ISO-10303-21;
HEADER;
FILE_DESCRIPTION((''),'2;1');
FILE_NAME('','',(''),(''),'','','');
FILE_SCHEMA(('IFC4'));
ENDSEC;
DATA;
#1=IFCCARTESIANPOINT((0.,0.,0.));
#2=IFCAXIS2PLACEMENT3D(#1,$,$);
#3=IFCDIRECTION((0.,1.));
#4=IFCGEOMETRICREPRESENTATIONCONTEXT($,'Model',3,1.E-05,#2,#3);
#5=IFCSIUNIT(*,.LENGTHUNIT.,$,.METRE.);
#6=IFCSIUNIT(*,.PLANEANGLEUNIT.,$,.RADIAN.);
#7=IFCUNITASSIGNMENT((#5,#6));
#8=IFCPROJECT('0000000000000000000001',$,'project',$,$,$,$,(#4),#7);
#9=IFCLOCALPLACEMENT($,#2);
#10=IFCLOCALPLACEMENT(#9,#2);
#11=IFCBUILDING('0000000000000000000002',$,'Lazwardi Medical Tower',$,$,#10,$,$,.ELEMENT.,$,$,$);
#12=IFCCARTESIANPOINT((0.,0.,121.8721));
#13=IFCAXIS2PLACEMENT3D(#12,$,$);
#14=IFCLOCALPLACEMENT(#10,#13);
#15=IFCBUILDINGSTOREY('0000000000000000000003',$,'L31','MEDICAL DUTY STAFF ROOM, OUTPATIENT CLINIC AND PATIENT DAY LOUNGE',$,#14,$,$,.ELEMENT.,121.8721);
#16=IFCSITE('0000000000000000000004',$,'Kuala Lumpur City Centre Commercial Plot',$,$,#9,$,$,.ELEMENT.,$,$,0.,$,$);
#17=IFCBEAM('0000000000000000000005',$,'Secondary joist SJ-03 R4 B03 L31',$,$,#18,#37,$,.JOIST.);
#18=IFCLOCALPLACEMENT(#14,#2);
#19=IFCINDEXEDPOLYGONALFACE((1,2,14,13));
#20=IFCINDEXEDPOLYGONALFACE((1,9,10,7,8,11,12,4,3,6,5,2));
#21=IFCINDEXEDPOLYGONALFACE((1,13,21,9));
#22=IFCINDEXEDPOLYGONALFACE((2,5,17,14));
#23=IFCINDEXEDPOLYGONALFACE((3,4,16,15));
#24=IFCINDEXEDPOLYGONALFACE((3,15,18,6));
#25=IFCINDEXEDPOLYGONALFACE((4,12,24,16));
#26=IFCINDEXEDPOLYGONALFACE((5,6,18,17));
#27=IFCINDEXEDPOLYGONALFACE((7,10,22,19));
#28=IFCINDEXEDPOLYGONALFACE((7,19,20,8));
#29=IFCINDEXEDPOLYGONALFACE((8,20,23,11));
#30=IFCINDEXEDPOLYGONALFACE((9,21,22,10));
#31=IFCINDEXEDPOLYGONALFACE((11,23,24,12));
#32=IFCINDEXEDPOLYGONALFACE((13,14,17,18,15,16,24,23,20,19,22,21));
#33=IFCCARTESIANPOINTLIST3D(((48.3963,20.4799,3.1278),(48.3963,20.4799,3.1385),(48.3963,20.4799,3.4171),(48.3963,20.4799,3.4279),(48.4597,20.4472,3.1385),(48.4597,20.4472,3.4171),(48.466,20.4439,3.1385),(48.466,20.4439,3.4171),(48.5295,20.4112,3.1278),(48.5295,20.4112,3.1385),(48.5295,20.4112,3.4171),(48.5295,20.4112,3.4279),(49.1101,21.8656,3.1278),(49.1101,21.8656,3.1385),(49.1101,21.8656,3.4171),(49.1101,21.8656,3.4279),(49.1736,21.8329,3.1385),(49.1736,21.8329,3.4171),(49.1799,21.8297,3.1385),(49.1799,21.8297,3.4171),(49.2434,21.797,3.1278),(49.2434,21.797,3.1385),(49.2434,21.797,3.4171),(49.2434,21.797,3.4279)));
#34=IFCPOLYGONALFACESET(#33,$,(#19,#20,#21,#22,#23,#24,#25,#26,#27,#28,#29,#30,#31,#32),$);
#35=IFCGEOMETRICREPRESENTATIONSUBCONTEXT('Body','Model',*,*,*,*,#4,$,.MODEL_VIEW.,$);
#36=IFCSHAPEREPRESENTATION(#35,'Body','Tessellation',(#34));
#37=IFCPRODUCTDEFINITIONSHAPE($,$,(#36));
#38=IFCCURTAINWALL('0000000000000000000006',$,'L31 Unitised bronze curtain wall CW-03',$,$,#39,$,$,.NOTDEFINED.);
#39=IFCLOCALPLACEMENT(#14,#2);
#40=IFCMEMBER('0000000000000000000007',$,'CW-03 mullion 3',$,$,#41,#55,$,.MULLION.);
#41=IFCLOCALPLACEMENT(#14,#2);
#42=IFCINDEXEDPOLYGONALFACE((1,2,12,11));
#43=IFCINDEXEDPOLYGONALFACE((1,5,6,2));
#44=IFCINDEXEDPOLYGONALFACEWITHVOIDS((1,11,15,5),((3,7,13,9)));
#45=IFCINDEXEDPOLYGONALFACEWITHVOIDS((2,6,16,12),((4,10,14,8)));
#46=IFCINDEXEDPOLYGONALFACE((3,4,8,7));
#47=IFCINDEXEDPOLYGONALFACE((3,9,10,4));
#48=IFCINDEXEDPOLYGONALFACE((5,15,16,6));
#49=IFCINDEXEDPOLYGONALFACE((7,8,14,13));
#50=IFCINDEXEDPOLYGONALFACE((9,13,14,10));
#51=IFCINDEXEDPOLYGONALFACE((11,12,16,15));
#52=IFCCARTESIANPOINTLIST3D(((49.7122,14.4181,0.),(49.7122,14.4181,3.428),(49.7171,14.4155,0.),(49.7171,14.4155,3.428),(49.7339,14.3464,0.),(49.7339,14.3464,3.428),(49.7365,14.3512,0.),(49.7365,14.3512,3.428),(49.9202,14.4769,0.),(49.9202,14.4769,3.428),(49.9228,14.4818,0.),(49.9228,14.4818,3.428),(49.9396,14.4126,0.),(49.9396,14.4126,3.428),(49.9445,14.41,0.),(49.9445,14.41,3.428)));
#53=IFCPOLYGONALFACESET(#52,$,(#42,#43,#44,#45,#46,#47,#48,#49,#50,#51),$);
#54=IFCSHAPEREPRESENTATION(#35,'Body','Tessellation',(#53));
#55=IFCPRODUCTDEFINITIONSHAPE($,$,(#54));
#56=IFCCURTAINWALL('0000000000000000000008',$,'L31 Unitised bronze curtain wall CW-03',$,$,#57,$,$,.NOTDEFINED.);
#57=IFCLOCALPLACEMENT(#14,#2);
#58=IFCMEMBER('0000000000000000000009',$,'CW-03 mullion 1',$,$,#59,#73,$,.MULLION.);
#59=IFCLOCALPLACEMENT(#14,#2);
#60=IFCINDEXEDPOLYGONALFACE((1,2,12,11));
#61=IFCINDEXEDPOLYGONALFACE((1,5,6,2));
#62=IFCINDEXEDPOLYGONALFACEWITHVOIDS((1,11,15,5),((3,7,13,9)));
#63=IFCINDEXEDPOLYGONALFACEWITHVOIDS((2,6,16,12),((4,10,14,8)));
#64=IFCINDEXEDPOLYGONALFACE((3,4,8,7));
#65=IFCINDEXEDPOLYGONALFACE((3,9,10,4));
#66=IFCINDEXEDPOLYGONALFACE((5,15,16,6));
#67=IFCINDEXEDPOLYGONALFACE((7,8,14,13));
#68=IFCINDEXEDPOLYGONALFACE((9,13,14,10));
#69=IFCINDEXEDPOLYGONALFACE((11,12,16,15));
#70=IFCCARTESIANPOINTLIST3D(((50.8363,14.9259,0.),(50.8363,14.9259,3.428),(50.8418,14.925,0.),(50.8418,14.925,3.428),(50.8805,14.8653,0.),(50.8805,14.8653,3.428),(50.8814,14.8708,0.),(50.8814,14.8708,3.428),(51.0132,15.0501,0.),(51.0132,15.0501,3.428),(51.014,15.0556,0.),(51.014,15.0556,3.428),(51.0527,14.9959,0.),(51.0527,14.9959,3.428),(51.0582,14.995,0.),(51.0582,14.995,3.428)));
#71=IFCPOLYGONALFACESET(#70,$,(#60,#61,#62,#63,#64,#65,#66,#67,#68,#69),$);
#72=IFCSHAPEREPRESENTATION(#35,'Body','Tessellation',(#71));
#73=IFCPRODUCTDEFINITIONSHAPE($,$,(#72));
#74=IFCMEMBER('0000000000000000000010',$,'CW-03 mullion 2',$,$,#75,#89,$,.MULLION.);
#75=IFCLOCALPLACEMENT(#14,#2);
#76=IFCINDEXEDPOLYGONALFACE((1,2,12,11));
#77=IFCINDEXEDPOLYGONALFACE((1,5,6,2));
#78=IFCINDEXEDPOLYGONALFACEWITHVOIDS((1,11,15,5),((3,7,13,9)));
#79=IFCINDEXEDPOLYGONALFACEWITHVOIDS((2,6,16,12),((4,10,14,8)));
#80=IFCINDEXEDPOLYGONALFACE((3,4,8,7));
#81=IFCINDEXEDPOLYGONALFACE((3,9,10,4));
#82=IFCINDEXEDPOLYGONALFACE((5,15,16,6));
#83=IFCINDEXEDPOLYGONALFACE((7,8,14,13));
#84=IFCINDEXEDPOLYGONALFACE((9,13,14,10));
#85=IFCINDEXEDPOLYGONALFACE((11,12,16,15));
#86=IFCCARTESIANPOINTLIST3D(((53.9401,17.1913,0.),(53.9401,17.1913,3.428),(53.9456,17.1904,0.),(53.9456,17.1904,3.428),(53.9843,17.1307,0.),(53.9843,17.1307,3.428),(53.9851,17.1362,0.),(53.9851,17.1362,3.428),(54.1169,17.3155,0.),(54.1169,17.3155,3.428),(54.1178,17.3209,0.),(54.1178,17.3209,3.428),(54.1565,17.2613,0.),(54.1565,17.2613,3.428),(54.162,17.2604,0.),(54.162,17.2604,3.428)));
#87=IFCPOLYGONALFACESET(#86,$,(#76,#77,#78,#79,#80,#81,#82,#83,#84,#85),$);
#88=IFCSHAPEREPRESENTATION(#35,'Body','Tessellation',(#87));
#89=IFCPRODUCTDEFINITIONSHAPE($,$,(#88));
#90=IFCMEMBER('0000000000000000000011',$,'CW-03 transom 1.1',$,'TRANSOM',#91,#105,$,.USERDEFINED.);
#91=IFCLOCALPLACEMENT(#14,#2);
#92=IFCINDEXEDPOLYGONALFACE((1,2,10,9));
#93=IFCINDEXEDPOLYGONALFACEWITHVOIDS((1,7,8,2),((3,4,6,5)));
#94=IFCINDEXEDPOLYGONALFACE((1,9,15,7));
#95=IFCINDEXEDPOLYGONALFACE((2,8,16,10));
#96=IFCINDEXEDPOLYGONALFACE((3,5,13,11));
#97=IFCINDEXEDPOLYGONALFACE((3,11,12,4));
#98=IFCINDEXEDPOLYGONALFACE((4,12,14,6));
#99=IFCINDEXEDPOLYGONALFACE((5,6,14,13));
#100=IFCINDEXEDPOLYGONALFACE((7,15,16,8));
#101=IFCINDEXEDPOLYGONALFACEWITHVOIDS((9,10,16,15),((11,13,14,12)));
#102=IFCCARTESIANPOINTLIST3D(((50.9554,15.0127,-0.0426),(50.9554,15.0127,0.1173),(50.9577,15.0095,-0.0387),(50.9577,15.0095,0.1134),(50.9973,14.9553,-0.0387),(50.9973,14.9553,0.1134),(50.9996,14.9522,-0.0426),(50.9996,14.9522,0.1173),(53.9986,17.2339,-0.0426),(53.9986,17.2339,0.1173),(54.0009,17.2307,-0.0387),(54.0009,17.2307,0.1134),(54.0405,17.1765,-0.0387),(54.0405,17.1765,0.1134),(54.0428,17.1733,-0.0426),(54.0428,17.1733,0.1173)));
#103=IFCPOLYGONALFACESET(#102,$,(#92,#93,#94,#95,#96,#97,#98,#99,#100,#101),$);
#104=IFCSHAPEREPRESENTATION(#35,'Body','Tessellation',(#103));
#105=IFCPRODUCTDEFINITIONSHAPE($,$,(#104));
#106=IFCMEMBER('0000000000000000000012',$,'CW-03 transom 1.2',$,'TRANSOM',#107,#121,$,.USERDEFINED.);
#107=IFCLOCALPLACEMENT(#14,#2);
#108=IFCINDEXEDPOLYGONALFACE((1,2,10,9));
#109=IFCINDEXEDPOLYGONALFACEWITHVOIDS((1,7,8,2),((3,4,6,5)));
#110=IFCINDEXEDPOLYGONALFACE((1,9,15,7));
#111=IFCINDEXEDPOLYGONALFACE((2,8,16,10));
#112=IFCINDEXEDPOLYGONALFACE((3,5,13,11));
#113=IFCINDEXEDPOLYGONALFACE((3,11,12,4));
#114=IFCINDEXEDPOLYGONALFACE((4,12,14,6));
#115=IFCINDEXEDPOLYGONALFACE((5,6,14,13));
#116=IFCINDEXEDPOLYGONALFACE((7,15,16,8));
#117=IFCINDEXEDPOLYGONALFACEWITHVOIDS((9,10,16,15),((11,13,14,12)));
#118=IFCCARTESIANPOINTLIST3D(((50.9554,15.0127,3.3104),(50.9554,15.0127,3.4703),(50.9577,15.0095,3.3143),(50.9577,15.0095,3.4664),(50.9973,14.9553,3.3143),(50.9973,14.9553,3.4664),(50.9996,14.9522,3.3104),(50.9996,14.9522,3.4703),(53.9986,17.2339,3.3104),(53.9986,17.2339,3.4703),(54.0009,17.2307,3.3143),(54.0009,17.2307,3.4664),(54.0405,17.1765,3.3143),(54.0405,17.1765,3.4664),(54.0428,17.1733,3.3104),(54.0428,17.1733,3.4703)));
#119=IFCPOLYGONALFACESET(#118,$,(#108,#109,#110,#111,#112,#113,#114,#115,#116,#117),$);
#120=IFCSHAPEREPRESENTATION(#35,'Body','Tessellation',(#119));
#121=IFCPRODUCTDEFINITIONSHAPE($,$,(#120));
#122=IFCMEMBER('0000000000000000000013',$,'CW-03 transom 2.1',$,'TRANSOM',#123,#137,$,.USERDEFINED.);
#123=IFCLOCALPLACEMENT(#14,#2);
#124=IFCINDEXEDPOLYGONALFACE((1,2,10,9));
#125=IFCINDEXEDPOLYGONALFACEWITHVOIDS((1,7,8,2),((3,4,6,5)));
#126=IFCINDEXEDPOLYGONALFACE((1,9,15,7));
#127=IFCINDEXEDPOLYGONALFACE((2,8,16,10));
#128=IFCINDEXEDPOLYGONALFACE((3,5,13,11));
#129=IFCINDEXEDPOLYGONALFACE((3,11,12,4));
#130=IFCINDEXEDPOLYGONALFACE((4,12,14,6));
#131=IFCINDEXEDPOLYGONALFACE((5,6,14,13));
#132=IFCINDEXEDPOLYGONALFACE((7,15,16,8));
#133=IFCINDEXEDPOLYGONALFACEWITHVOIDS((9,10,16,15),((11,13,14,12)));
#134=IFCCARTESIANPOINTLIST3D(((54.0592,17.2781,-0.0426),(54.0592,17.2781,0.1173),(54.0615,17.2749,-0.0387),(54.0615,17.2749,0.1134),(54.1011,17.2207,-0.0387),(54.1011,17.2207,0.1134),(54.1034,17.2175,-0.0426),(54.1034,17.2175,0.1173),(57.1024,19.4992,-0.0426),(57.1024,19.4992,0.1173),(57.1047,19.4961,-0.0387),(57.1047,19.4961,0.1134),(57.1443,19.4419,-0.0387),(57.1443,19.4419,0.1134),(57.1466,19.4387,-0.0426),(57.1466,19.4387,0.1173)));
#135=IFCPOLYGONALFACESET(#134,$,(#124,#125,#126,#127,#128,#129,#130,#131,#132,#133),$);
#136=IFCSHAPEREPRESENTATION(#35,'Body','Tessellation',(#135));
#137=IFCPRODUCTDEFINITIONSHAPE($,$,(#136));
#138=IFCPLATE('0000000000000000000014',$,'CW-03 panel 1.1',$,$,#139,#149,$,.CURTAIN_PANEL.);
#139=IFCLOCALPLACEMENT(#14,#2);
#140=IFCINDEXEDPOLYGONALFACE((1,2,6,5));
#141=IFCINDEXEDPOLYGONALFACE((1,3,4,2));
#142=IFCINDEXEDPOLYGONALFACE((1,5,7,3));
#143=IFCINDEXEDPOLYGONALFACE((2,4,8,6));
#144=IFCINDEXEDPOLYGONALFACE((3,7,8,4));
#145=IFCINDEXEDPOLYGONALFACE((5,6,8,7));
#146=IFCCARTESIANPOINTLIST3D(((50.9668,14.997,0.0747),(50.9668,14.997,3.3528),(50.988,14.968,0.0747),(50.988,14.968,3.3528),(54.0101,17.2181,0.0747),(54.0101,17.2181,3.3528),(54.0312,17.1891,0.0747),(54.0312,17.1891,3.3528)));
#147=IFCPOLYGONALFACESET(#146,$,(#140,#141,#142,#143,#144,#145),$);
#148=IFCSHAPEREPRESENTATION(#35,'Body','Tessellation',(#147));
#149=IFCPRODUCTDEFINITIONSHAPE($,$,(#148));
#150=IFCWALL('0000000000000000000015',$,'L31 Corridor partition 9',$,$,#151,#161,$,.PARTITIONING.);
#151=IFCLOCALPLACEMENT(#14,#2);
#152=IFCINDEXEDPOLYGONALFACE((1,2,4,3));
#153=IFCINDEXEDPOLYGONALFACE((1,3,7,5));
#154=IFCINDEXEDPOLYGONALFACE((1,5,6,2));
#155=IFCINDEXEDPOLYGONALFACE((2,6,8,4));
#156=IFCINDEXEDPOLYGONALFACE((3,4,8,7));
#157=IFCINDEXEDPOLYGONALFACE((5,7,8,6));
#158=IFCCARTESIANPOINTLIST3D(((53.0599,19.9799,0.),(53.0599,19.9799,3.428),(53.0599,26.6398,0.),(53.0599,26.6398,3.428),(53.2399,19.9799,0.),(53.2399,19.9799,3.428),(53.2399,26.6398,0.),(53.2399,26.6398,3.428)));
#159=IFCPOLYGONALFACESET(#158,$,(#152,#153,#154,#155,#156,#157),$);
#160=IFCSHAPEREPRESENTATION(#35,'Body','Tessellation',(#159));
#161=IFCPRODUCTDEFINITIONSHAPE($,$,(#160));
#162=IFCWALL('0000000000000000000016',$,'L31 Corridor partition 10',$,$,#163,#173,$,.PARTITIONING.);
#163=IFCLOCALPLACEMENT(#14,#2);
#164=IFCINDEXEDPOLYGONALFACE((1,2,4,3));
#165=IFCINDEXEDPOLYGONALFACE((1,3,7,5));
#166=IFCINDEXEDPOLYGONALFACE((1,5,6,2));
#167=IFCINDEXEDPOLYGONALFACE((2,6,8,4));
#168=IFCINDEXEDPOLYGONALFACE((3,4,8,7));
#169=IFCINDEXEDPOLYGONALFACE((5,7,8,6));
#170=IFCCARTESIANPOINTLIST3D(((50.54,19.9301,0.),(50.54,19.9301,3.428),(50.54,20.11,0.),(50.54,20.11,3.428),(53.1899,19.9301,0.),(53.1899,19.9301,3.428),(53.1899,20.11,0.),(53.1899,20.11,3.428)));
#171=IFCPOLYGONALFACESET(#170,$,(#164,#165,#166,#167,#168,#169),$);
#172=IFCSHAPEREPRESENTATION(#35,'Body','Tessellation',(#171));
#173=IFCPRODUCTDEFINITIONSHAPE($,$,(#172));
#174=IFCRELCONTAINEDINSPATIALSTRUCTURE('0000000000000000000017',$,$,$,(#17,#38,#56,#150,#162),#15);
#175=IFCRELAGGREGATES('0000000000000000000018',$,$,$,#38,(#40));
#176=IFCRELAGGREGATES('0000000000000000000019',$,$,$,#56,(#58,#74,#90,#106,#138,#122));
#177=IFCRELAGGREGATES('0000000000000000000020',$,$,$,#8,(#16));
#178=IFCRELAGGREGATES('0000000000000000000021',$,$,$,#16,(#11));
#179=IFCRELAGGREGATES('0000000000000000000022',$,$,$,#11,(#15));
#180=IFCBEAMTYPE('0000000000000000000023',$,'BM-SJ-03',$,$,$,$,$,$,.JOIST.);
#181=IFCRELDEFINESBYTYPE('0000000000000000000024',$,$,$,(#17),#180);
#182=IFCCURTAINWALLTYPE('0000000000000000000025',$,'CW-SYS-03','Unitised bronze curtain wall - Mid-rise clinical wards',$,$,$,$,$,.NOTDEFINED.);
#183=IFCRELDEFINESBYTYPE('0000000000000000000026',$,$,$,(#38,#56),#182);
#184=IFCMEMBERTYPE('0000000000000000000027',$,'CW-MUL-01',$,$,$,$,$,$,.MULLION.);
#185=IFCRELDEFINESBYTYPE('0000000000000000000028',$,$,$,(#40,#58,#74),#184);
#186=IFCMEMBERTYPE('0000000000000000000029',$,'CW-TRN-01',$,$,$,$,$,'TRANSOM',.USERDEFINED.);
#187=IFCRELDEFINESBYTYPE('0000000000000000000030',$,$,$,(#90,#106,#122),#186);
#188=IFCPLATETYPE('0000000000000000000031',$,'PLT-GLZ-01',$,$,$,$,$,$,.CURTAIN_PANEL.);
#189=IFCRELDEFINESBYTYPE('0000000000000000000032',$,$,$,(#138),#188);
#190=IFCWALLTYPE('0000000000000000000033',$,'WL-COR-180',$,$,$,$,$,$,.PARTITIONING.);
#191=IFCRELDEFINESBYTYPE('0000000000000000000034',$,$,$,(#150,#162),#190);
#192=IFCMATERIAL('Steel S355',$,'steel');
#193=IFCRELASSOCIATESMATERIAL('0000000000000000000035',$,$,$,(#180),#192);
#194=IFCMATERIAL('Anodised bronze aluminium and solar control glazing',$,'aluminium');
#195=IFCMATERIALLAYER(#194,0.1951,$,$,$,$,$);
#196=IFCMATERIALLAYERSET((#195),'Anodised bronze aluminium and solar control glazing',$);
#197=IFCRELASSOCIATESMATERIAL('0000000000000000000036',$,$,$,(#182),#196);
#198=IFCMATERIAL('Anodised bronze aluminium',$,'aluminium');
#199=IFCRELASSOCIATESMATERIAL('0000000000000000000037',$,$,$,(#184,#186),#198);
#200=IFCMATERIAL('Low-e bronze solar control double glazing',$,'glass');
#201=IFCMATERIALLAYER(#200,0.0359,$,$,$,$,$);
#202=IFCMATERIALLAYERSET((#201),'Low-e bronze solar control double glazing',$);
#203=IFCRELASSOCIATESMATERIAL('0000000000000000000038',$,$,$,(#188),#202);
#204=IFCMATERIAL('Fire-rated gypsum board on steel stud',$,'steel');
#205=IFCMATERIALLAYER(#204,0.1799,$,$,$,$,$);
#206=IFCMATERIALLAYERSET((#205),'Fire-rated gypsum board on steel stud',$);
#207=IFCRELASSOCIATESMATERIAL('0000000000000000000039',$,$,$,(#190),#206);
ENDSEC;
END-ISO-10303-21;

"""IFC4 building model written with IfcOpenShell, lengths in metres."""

from ifc_helpers import new_model, si_unit, direction, frame, frame_2d, origin, origin_2d, place, context, subcontext, project, spatial, rectangle, hollow_rectangle, i_section, extrude, material, layer, layer_set, material_profile, profile_set, type_object, element, aggregate, save


model = new_model("IFC4")

# Units and contexts
model_context = context("Model", 3, precision=1e-05, world=origin(), true_north=direction((0.0, 1.0)))
body_context = subcontext(model_context, "Body", "Model", "MODEL_VIEW")
ifc_project = project(units=[si_unit("LENGTHUNIT", "METRE"), si_unit("PLANEANGLEUNIT", "RADIAN")], contexts=[model_context])

# Site, building, storey
site_placement = place(None, origin())
site = spatial("IfcSite", under=ifc_project, at=site_placement, Name="Kuala Lumpur City Centre Commercial Plot", CompositionType="ELEMENT", RefElevation=0.0)
building_placement = place(site_placement, origin())
building = spatial("IfcBuilding", under=site, at=building_placement, Name="Lazwardi Medical Tower", CompositionType="ELEMENT")
storey_placement = place(building_placement, frame((0.0, 0.0, 121.8721)))
storey = spatial("IfcBuildingStorey", under=building, at=storey_placement, Name="L31", Description="MEDICAL DUTY STAFF ROOM, OUTPATIENT CLINIC AND PATIENT DAY LOUNGE", CompositionType="ELEMENT", Elevation=121.8721)

# Beam
ifc_material_1 = material(Name="Steel S355", Category="steel")
ifc_material_profile_1 = material_profile(ifc_material_1, i_section(OverallWidth=0.1499, OverallDepth=0.3, WebThickness=0.0071, FlangeThickness=0.0107, at=origin_2d()), Name="IPE 300")
ifc_profile_set_1 = profile_set([ifc_material_profile_1], Name="Steel S355")
beam_type_1 = type_object("IfcBeamType", Name="BM-SJ-03", PredefinedType="JOIST", material=ifc_profile_set_1)
beam_1_placement = place(storey_placement, frame((48.4629, 20.4456, 3.2778), z_axis=(0.457957, 0.888975, 0.0), x_axis=(-0.888975, 0.457957, 0.0)))
element("IfcBeam", 1, at=beam_1_placement, inside=storey, type_object=beam_type_1, Name="Secondary joist SJ-03 R4 B03 L31", PredefinedType="JOIST", context=body_context, shape_type="SweptSolid", body=[
    extrude(i_section(OverallWidth=0.1499, OverallDepth=0.3, WebThickness=0.0071, FlangeThickness=0.0107, at=origin_2d()), origin(), (0.0, 0.0, 1.0), 1.5588),
])

# Curtain wall, member
ifc_material_2 = material(Name="Anodised bronze aluminium and solar control glazing", Category="aluminium")
ifc_layer_1 = layer(ifc_material_2, 0.1951)
ifc_layer_set_1 = layer_set([ifc_layer_1], Name="Anodised bronze aluminium and solar control glazing")
curtain_wall_type = type_object("IfcCurtainWallType", Name="CW-SYS-03", Description="Unitised bronze curtain wall - Mid-rise clinical wards", PredefinedType="NOTDEFINED", material=ifc_layer_set_1)
curtain_wall_1_placement = place(storey_placement, origin())
curtain_wall_1 = element("IfcCurtainWall", 2, at=curtain_wall_1_placement, inside=storey, type_object=curtain_wall_type, Name="L31 Unitised bronze curtain wall CW-03", PredefinedType="NOTDEFINED")
ifc_material_3 = material(Name="Anodised bronze aluminium", Category="aluminium")
ifc_material_profile_2 = material_profile(ifc_material_3, hollow_rectangle(XDim=0.075, YDim=0.22, WallThickness=0.0039, at=origin_2d()), Name="ALU-MULLION 220x75x4")
ifc_profile_set_2 = profile_set([ifc_material_profile_2], Name="Anodised bronze aluminium")
member_type_1 = type_object("IfcMemberType", Name="CW-MUL-01", PredefinedType="MULLION", material=ifc_profile_set_2)
member_1_placement = place(storey_placement, frame((49.8284, 14.4141, 0.0), z_axis=(0.0, 0.0, 1.0), x_axis=(-0.289374, 0.957216, 0.0)))
member_1 = element("IfcMember", 3, at=member_1_placement, type_object=member_type_1, Name="CW-03 mullion 3", PredefinedType="MULLION", context=body_context, shape_type="SweptSolid", body=[
    extrude(hollow_rectangle(XDim=0.075, YDim=0.22, WallThickness=0.0039, at=origin_2d()), origin(), (0.0, 0.0, 1.0), 3.428),
])
aggregate(curtain_wall_1, [member_1])

# Curtain wall, members, plate
curtain_wall_2_placement = place(storey_placement, origin())
curtain_wall_2 = element("IfcCurtainWall", 4, at=curtain_wall_2_placement, inside=storey, type_object=curtain_wall_type, Name="L31 Unitised bronze curtain wall CW-03", PredefinedType="NOTDEFINED")
member_2_placement = place(storey_placement, frame((50.9473, 14.9604, 0.0), z_axis=(0.0, 0.0, 1.0), x_axis=(-0.589531, 0.807746, 0.0)))
member_2 = element("IfcMember", 5, at=member_2_placement, type_object=member_type_1, Name="CW-03 mullion 1", PredefinedType="MULLION", context=body_context, shape_type="SweptSolid", body=[
    extrude(hollow_rectangle(XDim=0.075, YDim=0.22, WallThickness=0.0039, at=origin_2d()), origin(), (0.0, 0.0, 1.0), 3.428),
])
member_3_placement = place(storey_placement, frame((54.051, 17.2258, 0.0), z_axis=(0.0, 0.0, 1.0), x_axis=(-0.589531, 0.807746, 0.0)))
member_3 = element("IfcMember", 6, at=member_3_placement, type_object=member_type_1, Name="CW-03 mullion 2", PredefinedType="MULLION", context=body_context, shape_type="SweptSolid", body=[
    extrude(hollow_rectangle(XDim=0.075, YDim=0.22, WallThickness=0.0039, at=origin_2d()), origin(), (0.0, 0.0, 1.0), 3.428),
])
ifc_material_profile_3 = material_profile(ifc_material_3, hollow_rectangle(XDim=0.075, YDim=0.1599, WallThickness=0.0039, at=origin_2d()), Name="ALU-TRANSOM 160x75x4")
ifc_profile_set_3 = profile_set([ifc_material_profile_3], Name="Anodised bronze aluminium")
member_type_2 = type_object("IfcMemberType", Name="CW-TRN-01", ElementType="TRANSOM", PredefinedType="USERDEFINED", material=ifc_profile_set_3)
member_4_placement = place(storey_placement, frame((50.9775, 14.9824, 0.0374), z_axis=(0.807732, 0.58955, 0.0), x_axis=(-0.58955, 0.807732, 0.0)))
member_4 = element("IfcMember", 7, at=member_4_placement, type_object=member_type_2, Name="CW-03 transom 1.1", ObjectType="TRANSOM", PredefinedType="USERDEFINED", context=body_context, shape_type="SweptSolid", body=[
    extrude(hollow_rectangle(XDim=0.075, YDim=0.1599, WallThickness=0.0039, at=origin_2d()), origin(), (0.0, 0.0, 1.0), 3.7676),
])
member_5_placement = place(storey_placement, frame((50.9775, 14.9824, 3.3904), z_axis=(0.807732, 0.58955, 0.0), x_axis=(-0.58955, 0.807732, 0.0)))
member_5 = element("IfcMember", 8, at=member_5_placement, type_object=member_type_2, Name="CW-03 transom 1.2", ObjectType="TRANSOM", PredefinedType="USERDEFINED", context=body_context, shape_type="SweptSolid", body=[
    extrude(hollow_rectangle(XDim=0.075, YDim=0.1599, WallThickness=0.0039, at=origin_2d()), origin(), (0.0, 0.0, 1.0), 3.7676),
])
member_6_placement = place(storey_placement, frame((54.0813, 17.2478, 0.0374), z_axis=(0.807732, 0.58955, 0.0), x_axis=(-0.58955, 0.807732, 0.0)))
member_6 = element("IfcMember", 9, at=member_6_placement, type_object=member_type_2, Name="CW-03 transom 2.1", ObjectType="TRANSOM", PredefinedType="USERDEFINED", context=body_context, shape_type="SweptSolid", body=[
    extrude(hollow_rectangle(XDim=0.075, YDim=0.1599, WallThickness=0.0039, at=origin_2d()), origin(), (0.0, 0.0, 1.0), 3.7676),
])
ifc_material_4 = material(Name="Low-e bronze solar control double glazing", Category="glass")
ifc_layer_2 = layer(ifc_material_4, 0.0359)
ifc_layer_set_2 = layer_set([ifc_layer_2], Name="Low-e bronze solar control double glazing")
plate_type = type_object("IfcPlateType", Name="PLT-GLZ-01", PredefinedType="CURTAIN_PANEL", material=ifc_layer_set_2)
plate_placement = place(storey_placement, frame((52.499, 16.093, 0.0747), z_axis=(0.0, 0.0, 1.0), x_axis=(0.807746, 0.589531, 0.0)))
plate = element("IfcPlate", 10, at=plate_placement, type_object=plate_type, Name="CW-03 panel 1.1", PredefinedType="CURTAIN_PANEL", context=body_context, shape_type="SweptSolid", body=[
    extrude(rectangle(XDim=3.7676, YDim=0.0359, at=origin_2d()), origin(), (0.0, 0.0, 1.0), 3.2781),
])
aggregate(curtain_wall_2, [member_2, member_3, member_4, member_5, plate, member_6])

# Walls
ifc_material_5 = material(Name="Fire-rated gypsum board on steel stud", Category="steel")
ifc_layer_3 = layer(ifc_material_5, 0.1799)
ifc_layer_set_3 = layer_set([ifc_layer_3], Name="Fire-rated gypsum board on steel stud")
wall_type = type_object("IfcWallType", Name="WL-COR-180", PredefinedType="PARTITIONING", material=ifc_layer_set_3)
wall_1_placement = place(storey_placement, frame((53.1499, 26.6399, 0.0), z_axis=(0.0, 0.0, 1.0), x_axis=(0.0, -1.0, 0.0)))
element("IfcWall", 11, at=wall_1_placement, inside=storey, type_object=wall_type, Name="L31 Corridor partition 9", PredefinedType="PARTITIONING", context=body_context, shape_type="SweptSolid", body=[
    extrude(rectangle(XDim=6.6599, YDim=0.1799, at=frame_2d((3.3301, 0.0))), origin(), (0.0, 0.0, 1.0), 3.428),
])
wall_2_placement = place(storey_placement, frame((53.1899, 20.02, 0.0), z_axis=(0.0, 0.0, 1.0), x_axis=(-1.0, 0.0, 0.0)))
element("IfcWall", 12, at=wall_2_placement, inside=storey, type_object=wall_type, Name="L31 Corridor partition 10", PredefinedType="PARTITIONING", context=body_context, shape_type="SweptSolid", body=[
    extrude(rectangle(XDim=2.6499, YDim=0.1799, at=frame_2d((1.325, 0.0))), origin(), (0.0, 0.0, 1.0), 3.428),
])

save(model, "model.ifc")
